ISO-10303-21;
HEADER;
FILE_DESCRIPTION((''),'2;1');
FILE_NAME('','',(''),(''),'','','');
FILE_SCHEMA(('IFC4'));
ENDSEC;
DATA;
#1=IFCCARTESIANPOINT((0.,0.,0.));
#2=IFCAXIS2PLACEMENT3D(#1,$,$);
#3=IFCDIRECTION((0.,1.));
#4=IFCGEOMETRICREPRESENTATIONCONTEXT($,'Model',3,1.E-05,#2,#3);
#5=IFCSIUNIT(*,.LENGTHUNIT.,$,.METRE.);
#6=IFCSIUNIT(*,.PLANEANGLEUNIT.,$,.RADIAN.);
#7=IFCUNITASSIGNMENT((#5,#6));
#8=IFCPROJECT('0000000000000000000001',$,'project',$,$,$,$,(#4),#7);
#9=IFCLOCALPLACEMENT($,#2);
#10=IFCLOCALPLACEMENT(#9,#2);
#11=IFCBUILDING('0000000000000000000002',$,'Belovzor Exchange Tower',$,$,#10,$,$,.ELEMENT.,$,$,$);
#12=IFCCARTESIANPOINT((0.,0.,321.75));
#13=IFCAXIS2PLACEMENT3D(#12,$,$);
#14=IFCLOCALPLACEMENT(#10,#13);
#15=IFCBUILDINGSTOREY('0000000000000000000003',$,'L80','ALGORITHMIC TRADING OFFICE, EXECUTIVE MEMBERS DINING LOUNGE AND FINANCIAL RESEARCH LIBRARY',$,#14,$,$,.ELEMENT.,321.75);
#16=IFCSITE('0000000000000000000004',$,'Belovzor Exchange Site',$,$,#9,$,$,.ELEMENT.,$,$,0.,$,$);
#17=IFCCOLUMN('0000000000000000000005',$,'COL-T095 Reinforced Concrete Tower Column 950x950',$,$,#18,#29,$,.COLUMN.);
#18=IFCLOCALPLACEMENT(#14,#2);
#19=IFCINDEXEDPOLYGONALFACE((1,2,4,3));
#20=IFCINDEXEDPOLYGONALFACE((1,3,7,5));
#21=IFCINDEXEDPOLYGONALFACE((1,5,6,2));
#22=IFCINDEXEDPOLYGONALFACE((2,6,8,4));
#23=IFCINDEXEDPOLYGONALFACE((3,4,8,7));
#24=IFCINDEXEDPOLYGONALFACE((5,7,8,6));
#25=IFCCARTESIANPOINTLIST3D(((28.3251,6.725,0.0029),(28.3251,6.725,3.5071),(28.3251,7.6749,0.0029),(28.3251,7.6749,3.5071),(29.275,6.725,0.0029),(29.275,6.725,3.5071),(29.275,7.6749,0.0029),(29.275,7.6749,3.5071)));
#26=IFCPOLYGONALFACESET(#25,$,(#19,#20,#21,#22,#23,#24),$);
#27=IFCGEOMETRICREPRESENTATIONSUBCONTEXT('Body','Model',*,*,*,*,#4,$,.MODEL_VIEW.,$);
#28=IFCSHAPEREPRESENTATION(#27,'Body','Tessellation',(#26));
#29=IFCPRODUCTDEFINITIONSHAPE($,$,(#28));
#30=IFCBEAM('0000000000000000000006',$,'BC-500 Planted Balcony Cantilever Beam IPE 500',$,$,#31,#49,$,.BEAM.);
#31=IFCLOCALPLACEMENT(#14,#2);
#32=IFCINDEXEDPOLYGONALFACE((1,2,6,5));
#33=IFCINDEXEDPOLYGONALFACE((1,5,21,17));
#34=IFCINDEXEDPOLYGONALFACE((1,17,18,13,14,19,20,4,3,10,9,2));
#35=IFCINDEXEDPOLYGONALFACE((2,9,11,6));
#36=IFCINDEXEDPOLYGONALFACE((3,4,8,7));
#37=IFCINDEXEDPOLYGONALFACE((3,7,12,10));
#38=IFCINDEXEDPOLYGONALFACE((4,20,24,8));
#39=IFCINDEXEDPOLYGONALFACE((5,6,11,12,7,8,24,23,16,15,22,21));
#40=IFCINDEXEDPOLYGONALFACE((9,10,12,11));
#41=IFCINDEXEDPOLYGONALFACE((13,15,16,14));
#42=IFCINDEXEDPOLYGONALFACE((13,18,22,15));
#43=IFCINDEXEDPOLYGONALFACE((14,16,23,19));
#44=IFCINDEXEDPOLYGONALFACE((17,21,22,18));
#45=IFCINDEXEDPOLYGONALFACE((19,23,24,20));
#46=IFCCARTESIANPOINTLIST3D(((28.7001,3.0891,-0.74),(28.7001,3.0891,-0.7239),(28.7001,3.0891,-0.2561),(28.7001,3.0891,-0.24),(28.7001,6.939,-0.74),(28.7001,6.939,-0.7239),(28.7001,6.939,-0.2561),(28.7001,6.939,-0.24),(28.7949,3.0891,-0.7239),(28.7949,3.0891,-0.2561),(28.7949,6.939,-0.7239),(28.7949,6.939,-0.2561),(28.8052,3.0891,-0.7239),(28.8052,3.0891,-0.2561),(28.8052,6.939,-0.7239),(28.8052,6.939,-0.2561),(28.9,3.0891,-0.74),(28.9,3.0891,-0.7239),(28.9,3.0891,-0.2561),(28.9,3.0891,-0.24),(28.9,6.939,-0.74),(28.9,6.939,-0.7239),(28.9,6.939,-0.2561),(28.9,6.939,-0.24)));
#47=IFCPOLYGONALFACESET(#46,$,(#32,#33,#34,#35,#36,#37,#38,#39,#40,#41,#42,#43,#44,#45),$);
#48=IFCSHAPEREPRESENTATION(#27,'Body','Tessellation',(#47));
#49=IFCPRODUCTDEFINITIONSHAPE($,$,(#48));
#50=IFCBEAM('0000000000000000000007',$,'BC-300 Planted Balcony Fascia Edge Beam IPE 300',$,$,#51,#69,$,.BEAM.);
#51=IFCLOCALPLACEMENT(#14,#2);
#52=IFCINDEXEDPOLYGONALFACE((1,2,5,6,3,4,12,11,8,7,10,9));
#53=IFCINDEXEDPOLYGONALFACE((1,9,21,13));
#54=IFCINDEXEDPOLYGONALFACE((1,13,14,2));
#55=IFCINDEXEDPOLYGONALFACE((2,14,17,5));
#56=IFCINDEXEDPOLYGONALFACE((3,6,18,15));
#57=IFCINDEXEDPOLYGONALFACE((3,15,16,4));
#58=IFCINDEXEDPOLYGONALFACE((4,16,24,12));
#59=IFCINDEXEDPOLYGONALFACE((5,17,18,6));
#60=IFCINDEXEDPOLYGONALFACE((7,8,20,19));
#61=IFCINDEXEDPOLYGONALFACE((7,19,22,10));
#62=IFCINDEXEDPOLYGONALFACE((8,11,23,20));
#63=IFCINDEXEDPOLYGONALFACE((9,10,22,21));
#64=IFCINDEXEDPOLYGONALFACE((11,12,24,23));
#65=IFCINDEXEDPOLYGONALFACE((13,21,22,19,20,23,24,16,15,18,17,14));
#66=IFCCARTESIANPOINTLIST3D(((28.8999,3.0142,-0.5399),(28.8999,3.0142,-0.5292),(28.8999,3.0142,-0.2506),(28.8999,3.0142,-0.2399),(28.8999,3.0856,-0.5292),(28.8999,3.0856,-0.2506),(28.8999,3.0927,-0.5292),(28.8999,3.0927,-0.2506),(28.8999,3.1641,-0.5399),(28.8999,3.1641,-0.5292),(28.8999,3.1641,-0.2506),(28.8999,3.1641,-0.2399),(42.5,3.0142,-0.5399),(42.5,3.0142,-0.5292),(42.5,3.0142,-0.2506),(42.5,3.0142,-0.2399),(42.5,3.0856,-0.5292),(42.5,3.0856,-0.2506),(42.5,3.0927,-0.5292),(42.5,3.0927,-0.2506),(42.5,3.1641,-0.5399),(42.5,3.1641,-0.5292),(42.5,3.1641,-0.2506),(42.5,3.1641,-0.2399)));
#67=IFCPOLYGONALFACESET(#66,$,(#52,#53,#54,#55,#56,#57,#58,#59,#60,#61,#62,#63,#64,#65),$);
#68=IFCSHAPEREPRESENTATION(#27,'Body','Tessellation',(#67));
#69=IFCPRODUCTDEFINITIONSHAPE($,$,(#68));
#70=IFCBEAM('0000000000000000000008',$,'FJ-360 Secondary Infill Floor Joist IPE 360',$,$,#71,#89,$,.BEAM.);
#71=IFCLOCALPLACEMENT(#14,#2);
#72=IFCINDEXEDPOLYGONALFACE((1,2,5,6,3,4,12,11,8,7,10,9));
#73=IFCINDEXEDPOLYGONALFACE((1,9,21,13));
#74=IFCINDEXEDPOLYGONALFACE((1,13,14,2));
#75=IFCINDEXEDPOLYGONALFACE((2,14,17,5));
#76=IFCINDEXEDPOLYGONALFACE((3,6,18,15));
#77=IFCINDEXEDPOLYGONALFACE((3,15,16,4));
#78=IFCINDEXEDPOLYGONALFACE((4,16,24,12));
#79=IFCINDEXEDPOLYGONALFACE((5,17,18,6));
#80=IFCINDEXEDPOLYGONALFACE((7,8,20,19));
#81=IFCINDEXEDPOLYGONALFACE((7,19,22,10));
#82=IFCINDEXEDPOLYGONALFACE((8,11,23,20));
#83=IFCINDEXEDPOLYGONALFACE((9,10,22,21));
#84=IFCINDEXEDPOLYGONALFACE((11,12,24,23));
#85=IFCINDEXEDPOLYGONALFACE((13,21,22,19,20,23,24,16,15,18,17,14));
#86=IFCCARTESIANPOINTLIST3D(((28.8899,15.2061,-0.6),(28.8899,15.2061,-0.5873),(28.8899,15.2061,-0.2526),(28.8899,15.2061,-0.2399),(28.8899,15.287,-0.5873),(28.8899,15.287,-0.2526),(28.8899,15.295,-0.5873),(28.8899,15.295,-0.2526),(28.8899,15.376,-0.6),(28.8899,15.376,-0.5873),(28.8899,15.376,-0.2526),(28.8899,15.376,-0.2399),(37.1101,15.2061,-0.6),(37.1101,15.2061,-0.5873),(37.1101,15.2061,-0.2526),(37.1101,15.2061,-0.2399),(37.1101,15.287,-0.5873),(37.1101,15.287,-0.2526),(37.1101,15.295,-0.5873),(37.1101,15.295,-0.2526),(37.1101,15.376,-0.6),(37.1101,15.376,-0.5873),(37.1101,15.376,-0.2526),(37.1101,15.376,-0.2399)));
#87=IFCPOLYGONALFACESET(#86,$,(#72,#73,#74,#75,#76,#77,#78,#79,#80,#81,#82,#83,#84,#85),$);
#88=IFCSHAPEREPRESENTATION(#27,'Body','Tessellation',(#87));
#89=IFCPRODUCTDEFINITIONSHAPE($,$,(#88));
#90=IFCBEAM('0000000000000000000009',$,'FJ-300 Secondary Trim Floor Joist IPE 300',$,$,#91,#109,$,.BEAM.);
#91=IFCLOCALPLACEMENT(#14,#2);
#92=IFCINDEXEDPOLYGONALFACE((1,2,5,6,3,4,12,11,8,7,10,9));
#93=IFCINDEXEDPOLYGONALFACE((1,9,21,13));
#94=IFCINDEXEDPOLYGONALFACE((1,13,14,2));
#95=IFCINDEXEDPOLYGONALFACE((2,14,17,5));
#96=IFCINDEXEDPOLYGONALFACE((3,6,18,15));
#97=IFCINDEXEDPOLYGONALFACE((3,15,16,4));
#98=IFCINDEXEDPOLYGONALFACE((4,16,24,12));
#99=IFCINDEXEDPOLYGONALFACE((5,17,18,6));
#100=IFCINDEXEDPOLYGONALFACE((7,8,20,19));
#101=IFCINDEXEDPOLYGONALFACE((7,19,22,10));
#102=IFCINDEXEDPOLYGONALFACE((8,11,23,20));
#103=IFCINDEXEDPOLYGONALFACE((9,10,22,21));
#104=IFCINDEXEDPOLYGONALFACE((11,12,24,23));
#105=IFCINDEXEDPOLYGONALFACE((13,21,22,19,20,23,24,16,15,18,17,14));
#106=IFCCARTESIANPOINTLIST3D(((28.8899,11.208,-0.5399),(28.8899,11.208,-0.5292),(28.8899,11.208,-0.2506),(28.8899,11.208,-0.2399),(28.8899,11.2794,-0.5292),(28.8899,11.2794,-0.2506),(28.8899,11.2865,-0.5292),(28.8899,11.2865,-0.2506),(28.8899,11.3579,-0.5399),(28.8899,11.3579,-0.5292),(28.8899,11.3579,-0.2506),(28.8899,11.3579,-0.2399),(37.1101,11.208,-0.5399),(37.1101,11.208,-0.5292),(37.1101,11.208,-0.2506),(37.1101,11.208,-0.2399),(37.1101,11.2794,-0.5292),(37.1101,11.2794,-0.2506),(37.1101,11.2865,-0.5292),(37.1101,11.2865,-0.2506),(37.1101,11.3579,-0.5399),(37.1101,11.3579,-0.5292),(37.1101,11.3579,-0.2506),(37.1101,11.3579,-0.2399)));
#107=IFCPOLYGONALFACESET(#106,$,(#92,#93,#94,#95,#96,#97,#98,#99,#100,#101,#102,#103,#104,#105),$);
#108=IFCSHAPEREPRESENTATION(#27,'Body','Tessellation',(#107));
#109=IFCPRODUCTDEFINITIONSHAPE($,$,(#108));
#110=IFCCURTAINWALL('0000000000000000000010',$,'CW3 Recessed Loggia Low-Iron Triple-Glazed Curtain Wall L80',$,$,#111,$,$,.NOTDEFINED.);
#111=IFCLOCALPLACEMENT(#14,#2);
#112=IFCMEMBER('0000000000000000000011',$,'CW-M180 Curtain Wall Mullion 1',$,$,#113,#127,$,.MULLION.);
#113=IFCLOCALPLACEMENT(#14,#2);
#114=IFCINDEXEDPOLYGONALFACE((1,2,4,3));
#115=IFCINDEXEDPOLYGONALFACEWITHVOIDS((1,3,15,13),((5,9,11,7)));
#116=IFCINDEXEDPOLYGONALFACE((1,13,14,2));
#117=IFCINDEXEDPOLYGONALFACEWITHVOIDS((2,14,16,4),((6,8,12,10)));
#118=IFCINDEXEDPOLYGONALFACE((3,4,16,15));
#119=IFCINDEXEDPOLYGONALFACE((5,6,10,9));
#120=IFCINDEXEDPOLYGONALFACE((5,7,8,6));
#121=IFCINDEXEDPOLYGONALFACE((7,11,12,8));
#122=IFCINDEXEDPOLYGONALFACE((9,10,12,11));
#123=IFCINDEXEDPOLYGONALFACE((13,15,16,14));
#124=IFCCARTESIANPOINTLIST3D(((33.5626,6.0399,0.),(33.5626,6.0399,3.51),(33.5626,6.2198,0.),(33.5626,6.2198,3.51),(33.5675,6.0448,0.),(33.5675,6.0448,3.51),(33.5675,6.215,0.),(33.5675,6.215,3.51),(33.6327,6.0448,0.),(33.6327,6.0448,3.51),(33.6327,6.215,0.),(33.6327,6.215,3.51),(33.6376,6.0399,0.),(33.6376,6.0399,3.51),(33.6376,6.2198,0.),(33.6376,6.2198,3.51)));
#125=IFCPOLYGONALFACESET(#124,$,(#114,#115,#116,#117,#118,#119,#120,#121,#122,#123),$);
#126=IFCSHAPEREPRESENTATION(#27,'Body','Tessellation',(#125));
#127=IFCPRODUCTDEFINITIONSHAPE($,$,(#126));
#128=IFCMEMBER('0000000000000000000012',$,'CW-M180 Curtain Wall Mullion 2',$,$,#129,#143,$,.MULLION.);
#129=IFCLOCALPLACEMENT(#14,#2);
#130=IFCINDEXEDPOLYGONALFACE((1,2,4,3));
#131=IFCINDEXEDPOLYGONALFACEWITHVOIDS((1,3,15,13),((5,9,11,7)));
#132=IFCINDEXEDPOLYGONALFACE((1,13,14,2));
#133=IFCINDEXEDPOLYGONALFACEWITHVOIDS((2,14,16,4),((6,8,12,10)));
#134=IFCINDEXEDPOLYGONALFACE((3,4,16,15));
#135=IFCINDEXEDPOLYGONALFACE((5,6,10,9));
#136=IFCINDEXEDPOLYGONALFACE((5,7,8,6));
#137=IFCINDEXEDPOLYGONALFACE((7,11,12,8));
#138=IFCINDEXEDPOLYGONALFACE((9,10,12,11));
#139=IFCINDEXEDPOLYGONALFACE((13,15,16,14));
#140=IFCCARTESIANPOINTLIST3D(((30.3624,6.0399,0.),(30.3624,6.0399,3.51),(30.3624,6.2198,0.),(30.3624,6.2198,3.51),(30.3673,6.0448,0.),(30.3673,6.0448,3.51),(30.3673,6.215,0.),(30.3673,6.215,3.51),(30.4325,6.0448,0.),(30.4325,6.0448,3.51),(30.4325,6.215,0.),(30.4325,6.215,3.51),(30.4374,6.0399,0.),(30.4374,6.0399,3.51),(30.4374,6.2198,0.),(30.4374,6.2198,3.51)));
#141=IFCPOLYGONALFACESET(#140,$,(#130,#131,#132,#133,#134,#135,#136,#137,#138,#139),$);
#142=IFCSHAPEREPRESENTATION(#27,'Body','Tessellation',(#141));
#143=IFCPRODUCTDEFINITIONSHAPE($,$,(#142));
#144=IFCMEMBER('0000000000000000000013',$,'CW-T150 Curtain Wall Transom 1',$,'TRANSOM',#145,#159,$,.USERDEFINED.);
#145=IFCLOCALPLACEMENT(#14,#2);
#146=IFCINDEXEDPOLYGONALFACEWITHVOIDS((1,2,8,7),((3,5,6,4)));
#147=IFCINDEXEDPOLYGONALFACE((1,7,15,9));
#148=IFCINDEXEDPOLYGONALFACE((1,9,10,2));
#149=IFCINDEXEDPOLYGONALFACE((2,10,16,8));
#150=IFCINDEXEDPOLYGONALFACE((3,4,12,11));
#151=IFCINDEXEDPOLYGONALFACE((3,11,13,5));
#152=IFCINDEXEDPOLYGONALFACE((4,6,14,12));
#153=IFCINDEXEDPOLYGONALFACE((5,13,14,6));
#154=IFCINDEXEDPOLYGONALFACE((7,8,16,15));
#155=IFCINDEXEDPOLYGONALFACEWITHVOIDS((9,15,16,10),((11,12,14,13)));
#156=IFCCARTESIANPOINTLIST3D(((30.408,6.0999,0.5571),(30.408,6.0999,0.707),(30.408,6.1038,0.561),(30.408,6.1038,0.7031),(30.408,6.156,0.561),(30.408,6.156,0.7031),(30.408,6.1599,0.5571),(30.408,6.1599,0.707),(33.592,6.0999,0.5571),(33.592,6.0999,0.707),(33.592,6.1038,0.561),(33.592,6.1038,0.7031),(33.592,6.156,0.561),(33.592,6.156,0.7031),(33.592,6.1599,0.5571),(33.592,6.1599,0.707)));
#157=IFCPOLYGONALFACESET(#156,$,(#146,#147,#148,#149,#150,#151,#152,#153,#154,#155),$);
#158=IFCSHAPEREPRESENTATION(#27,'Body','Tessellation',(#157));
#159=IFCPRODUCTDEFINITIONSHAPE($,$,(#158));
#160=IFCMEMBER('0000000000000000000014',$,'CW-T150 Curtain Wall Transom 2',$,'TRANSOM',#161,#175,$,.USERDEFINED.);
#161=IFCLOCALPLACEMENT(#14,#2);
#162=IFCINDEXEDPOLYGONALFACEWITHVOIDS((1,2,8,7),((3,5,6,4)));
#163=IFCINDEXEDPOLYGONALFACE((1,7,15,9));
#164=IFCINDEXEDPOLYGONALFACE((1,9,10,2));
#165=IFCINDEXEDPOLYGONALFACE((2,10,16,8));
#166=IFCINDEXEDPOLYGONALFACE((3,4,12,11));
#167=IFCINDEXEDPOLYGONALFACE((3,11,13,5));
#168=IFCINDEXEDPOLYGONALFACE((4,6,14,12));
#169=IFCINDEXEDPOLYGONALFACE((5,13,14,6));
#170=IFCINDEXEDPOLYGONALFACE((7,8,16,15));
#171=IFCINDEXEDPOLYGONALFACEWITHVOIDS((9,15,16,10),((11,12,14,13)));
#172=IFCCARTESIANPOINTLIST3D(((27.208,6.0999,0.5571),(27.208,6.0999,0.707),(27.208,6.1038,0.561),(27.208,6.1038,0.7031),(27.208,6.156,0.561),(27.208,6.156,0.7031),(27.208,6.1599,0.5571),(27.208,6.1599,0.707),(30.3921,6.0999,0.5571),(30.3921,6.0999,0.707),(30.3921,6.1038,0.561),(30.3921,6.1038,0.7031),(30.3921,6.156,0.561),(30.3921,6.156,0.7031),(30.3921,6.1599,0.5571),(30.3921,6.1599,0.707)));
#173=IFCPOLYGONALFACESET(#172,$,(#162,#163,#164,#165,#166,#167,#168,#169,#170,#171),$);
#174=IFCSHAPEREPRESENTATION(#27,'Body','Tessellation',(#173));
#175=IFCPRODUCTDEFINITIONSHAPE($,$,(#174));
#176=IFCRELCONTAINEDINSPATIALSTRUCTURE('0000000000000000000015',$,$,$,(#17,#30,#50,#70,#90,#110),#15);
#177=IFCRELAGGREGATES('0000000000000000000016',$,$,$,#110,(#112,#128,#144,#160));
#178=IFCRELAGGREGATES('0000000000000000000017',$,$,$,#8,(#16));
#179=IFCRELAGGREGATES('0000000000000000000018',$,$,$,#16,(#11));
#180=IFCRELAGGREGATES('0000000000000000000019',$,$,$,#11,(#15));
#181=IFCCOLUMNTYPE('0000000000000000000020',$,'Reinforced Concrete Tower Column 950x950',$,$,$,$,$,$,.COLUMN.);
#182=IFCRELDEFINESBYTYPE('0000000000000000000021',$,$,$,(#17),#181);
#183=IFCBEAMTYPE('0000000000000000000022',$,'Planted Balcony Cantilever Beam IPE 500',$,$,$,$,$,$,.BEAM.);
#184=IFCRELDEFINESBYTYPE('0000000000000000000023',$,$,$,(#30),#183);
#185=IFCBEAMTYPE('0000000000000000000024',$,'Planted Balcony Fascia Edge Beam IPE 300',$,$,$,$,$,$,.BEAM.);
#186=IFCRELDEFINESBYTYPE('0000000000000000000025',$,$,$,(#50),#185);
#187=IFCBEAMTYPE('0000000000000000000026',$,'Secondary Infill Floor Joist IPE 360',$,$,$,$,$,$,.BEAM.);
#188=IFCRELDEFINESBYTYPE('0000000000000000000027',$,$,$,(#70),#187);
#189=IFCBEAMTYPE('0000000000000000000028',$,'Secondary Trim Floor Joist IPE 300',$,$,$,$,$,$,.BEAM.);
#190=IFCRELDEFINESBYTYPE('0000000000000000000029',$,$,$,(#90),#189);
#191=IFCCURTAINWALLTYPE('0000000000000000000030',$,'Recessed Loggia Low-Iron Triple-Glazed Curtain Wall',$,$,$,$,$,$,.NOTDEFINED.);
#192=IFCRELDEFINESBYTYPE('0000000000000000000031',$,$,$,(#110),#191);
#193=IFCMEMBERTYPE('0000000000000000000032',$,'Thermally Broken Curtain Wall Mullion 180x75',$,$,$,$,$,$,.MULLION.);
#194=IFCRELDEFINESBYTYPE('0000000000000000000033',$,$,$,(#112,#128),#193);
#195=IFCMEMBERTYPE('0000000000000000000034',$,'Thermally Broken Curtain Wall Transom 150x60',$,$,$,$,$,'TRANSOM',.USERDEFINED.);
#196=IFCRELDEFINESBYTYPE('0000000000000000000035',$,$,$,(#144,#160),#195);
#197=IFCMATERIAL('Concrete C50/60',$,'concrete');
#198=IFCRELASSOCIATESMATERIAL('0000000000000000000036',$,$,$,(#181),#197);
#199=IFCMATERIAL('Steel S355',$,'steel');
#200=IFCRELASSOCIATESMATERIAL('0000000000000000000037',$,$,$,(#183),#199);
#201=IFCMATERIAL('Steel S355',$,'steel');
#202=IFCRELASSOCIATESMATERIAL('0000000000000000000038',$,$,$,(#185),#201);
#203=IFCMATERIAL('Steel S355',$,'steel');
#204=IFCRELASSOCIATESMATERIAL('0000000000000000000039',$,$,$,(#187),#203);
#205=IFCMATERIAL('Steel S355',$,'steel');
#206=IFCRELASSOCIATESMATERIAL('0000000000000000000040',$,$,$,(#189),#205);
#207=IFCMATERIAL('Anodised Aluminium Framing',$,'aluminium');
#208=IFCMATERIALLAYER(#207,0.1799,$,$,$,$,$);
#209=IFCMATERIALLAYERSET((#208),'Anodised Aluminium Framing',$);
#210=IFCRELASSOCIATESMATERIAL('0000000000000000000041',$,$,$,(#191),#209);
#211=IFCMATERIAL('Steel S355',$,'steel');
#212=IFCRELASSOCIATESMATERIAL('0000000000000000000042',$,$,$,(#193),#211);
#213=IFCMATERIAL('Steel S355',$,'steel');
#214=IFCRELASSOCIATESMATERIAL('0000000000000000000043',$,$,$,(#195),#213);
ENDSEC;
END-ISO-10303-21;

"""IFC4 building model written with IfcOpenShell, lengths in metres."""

from ifc_helpers import new_model, si_unit, direction, frame, origin, origin_2d, place, context, subcontext, project, spatial, rectangle, hollow_rectangle, i_section, extrude, material, layer, layer_set, material_profile, profile_set, type_object, element, aggregate, save


model = new_model("IFC4")

# Units and contexts
model_context = context("Model", 3, precision=1e-05, world=origin(), true_north=direction((0.0, 1.0)))
body_context = subcontext(model_context, "Body", "Model", "MODEL_VIEW")
ifc_project = project(units=[si_unit("LENGTHUNIT", "METRE"), si_unit("PLANEANGLEUNIT", "RADIAN")], contexts=[model_context])

# Site, building, storey
site_placement = place(None, origin())
site = spatial("IfcSite", under=ifc_project, at=site_placement, Name="Belovzor Exchange Site", CompositionType="ELEMENT", RefElevation=0.0)
building_placement = place(site_placement, origin())
building = spatial("IfcBuilding", under=site, at=building_placement, Name="Belovzor Exchange Tower", CompositionType="ELEMENT")
storey_placement = place(building_placement, frame((0.0, 0.0, 321.75)))
storey = spatial("IfcBuildingStorey", under=building, at=storey_placement, Name="L80", Description="ALGORITHMIC TRADING OFFICE, EXECUTIVE MEMBERS DINING LOUNGE AND FINANCIAL RESEARCH LIBRARY", CompositionType="ELEMENT", Elevation=321.75)

# Column
ifc_material_1 = material(Name="Concrete C50/60", Category="concrete")
ifc_material_profile_1 = material_profile(ifc_material_1, rectangle(XDim=0.95, YDim=0.95, at=origin_2d()))
ifc_profile_set_1 = profile_set([ifc_material_profile_1], Name="Concrete C50/60")
column_type = type_object("IfcColumnType", Name="Reinforced Concrete Tower Column 950x950", PredefinedType="COLUMN", material=ifc_profile_set_1)
column_placement = place(storey_placement, frame((28.8, 7.2, 0.0029), z_axis=(0.0, 0.0, 1.0), x_axis=(1.0, 0.0, 0.0)))
element("IfcColumn", 1, at=column_placement, inside=storey, type_object=column_type, Name="COL-T095 Reinforced Concrete Tower Column 950x950", PredefinedType="COLUMN", context=body_context, shape_type="SweptSolid", body=[
    extrude(rectangle(XDim=0.95, YDim=0.95, at=origin_2d()), origin(), (0.0, 0.0, 1.0), 3.5042),
])

# Beams
ifc_material_2 = material(Name="Steel S355", Category="steel")
ifc_material_profile_2 = material_profile(ifc_material_2, i_section(OverallWidth=0.2, OverallDepth=0.5, WebThickness=0.0103, FlangeThickness=0.0161, at=origin_2d()))
ifc_profile_set_2 = profile_set([ifc_material_profile_2], Name="Steel S355")
beam_type_1 = type_object("IfcBeamType", Name="Planted Balcony Cantilever Beam IPE 500", PredefinedType="BEAM", material=ifc_profile_set_2)
beam_1_placement = place(storey_placement, frame((28.8, 6.939, -0.49), z_axis=(0.0, -1.0, 0.0), x_axis=(1.0, 0.0, 0.0)))
element("IfcBeam", 2, at=beam_1_placement, inside=storey, type_object=beam_type_1, Name="BC-500 Planted Balcony Cantilever Beam IPE 500", PredefinedType="BEAM", context=body_context, shape_type="SweptSolid", body=[
    extrude(i_section(OverallWidth=0.2, OverallDepth=0.5, WebThickness=0.0103, FlangeThickness=0.0161, at=origin_2d()), origin(), (0.0, 0.0, 1.0), 3.8499),
])
ifc_material_3 = material(Name="Steel S355", Category="steel")
ifc_material_profile_3 = material_profile(ifc_material_3, i_section(OverallWidth=0.1499, OverallDepth=0.3, WebThickness=0.0071, FlangeThickness=0.0107, at=origin_2d()))
ifc_profile_set_3 = profile_set([ifc_material_profile_3], Name="Steel S355")
beam_type_2 = type_object("IfcBeamType", Name="Planted Balcony Fascia Edge Beam IPE 300", PredefinedType="BEAM", material=ifc_profile_set_3)
beam_2_placement = place(storey_placement, frame((28.8999, 3.0891, -0.3899), z_axis=(1.0, 0.0, 0.0), x_axis=(0.0, 1.0, 0.0)))
element("IfcBeam", 3, at=beam_2_placement, inside=storey, type_object=beam_type_2, Name="BC-300 Planted Balcony Fascia Edge Beam IPE 300", PredefinedType="BEAM", context=body_context, shape_type="SweptSolid", body=[
    extrude(i_section(OverallWidth=0.1499, OverallDepth=0.3, WebThickness=0.0071, FlangeThickness=0.0107, at=origin_2d()), origin(), (0.0, 0.0, 1.0), 13.6001),
])
ifc_material_4 = material(Name="Steel S355", Category="steel")
ifc_material_profile_4 = material_profile(ifc_material_4, i_section(OverallWidth=0.1699, OverallDepth=0.3601, WebThickness=0.0081, FlangeThickness=0.0127, at=origin_2d()))
ifc_profile_set_4 = profile_set([ifc_material_profile_4], Name="Steel S355")
beam_type_3 = type_object("IfcBeamType", Name="Secondary Infill Floor Joist IPE 360", PredefinedType="BEAM", material=ifc_profile_set_4)
beam_3_placement = place(storey_placement, frame((28.8899, 15.291, -0.4199), z_axis=(1.0, 0.0, 0.0), x_axis=(0.0, 1.0, 0.0)))
element("IfcBeam", 4, at=beam_3_placement, inside=storey, type_object=beam_type_3, Name="FJ-360 Secondary Infill Floor Joist IPE 360", PredefinedType="BEAM", context=body_context, shape_type="SweptSolid", body=[
    extrude(i_section(OverallWidth=0.1699, OverallDepth=0.3601, WebThickness=0.0081, FlangeThickness=0.0127, at=origin_2d()), origin(), (0.0, 0.0, 1.0), 8.2202),
])
ifc_material_5 = material(Name="Steel S355", Category="steel")
ifc_material_profile_5 = material_profile(ifc_material_5, i_section(OverallWidth=0.1499, OverallDepth=0.3, WebThickness=0.0071, FlangeThickness=0.0107, at=origin_2d()))
ifc_profile_set_5 = profile_set([ifc_material_profile_5], Name="Steel S355")
beam_type_4 = type_object("IfcBeamType", Name="Secondary Trim Floor Joist IPE 300", PredefinedType="BEAM", material=ifc_profile_set_5)
beam_4_placement = place(storey_placement, frame((28.8899, 11.283, -0.3899), z_axis=(1.0, 0.0, 0.0), x_axis=(0.0, 1.0, 0.0)))
element("IfcBeam", 5, at=beam_4_placement, inside=storey, type_object=beam_type_4, Name="FJ-300 Secondary Trim Floor Joist IPE 300", PredefinedType="BEAM", context=body_context, shape_type="SweptSolid", body=[
    extrude(i_section(OverallWidth=0.1499, OverallDepth=0.3, WebThickness=0.0071, FlangeThickness=0.0107, at=origin_2d()), origin(), (0.0, 0.0, 1.0), 8.2202),
])

# Curtain wall, members
ifc_material_6 = material(Name="Anodised Aluminium Framing", Category="aluminium")
ifc_layer_1 = layer(ifc_material_6, 0.1799)
ifc_layer_set_1 = layer_set([ifc_layer_1], Name="Anodised Aluminium Framing")
curtain_wall_type = type_object("IfcCurtainWallType", Name="Recessed Loggia Low-Iron Triple-Glazed Curtain Wall", PredefinedType="NOTDEFINED", material=ifc_layer_set_1)
curtain_wall_placement = place(storey_placement, origin())
curtain_wall = element("IfcCurtainWall", 6, at=curtain_wall_placement, inside=storey, type_object=curtain_wall_type, Name="CW3 Recessed Loggia Low-Iron Triple-Glazed Curtain Wall L80", PredefinedType="NOTDEFINED")
ifc_material_7 = material(Name="Steel S355", Category="steel")
ifc_material_profile_6 = material_profile(ifc_material_7, hollow_rectangle(XDim=0.075, YDim=0.1799, WallThickness=0.0049, at=origin_2d()))
ifc_profile_set_6 = profile_set([ifc_material_profile_6], Name="Steel S355")
member_type_1 = type_object("IfcMemberType", Name="Thermally Broken Curtain Wall Mullion 180x75", PredefinedType="MULLION", material=ifc_profile_set_6)
member_1_placement = place(storey_placement, frame((33.6001, 6.1299, 0.0), z_axis=(0.0, 0.0, 1.0), x_axis=(-1.0, 0.0, 0.0)))
member_1 = element("IfcMember", 7, at=member_1_placement, type_object=member_type_1, Name="CW-M180 Curtain Wall Mullion 1", PredefinedType="MULLION", context=body_context, shape_type="SweptSolid", body=[
    extrude(hollow_rectangle(XDim=0.075, YDim=0.1799, WallThickness=0.0049, at=origin_2d()), origin(), (0.0, 0.0, 1.0), 3.51),
])
member_2_placement = place(storey_placement, frame((30.3999, 6.1299, 0.0), z_axis=(0.0, 0.0, 1.0), x_axis=(-1.0, 0.0, 0.0)))
member_2 = element("IfcMember", 8, at=member_2_placement, type_object=member_type_1, Name="CW-M180 Curtain Wall Mullion 2", PredefinedType="MULLION", context=body_context, shape_type="SweptSolid", body=[
    extrude(hollow_rectangle(XDim=0.075, YDim=0.1799, WallThickness=0.0049, at=origin_2d()), origin(), (0.0, 0.0, 1.0), 3.51),
])
ifc_material_8 = material(Name="Steel S355", Category="steel")
ifc_material_profile_7 = material_profile(ifc_material_8, hollow_rectangle(XDim=0.0601, YDim=0.1499, WallThickness=0.0039, at=origin_2d()))
ifc_profile_set_7 = profile_set([ifc_material_profile_7], Name="Steel S355")
member_type_2 = type_object("IfcMemberType", Name="Thermally Broken Curtain Wall Transom 150x60", ElementType="TRANSOM", PredefinedType="USERDEFINED", material=ifc_profile_set_7)
member_3_placement = place(storey_placement, frame((33.592, 6.1299, 0.6321), z_axis=(-1.0, 0.0, 0.0), x_axis=(0.0, -1.0, 0.0)))
member_3 = element("IfcMember", 9, at=member_3_placement, type_object=member_type_2, Name="CW-T150 Curtain Wall Transom 1", ObjectType="TRANSOM", PredefinedType="USERDEFINED", context=body_context, shape_type="SweptSolid", body=[
    extrude(hollow_rectangle(XDim=0.0601, YDim=0.1499, WallThickness=0.0039, at=origin_2d()), origin(), (0.0, 0.0, 1.0), 3.1841),
])
member_4_placement = place(storey_placement, frame((30.3921, 6.1299, 0.6321), z_axis=(-1.0, 0.0, 0.0), x_axis=(0.0, -1.0, 0.0)))
member_4 = element("IfcMember", 10, at=member_4_placement, type_object=member_type_2, Name="CW-T150 Curtain Wall Transom 2", ObjectType="TRANSOM", PredefinedType="USERDEFINED", context=body_context, shape_type="SweptSolid", body=[
    extrude(hollow_rectangle(XDim=0.0601, YDim=0.1499, WallThickness=0.0039, at=origin_2d()), origin(), (0.0, 0.0, 1.0), 3.1841),
])

aggregate(curtain_wall, [member_1, member_2, member_3, member_4])

save(model, "model.ifc")
